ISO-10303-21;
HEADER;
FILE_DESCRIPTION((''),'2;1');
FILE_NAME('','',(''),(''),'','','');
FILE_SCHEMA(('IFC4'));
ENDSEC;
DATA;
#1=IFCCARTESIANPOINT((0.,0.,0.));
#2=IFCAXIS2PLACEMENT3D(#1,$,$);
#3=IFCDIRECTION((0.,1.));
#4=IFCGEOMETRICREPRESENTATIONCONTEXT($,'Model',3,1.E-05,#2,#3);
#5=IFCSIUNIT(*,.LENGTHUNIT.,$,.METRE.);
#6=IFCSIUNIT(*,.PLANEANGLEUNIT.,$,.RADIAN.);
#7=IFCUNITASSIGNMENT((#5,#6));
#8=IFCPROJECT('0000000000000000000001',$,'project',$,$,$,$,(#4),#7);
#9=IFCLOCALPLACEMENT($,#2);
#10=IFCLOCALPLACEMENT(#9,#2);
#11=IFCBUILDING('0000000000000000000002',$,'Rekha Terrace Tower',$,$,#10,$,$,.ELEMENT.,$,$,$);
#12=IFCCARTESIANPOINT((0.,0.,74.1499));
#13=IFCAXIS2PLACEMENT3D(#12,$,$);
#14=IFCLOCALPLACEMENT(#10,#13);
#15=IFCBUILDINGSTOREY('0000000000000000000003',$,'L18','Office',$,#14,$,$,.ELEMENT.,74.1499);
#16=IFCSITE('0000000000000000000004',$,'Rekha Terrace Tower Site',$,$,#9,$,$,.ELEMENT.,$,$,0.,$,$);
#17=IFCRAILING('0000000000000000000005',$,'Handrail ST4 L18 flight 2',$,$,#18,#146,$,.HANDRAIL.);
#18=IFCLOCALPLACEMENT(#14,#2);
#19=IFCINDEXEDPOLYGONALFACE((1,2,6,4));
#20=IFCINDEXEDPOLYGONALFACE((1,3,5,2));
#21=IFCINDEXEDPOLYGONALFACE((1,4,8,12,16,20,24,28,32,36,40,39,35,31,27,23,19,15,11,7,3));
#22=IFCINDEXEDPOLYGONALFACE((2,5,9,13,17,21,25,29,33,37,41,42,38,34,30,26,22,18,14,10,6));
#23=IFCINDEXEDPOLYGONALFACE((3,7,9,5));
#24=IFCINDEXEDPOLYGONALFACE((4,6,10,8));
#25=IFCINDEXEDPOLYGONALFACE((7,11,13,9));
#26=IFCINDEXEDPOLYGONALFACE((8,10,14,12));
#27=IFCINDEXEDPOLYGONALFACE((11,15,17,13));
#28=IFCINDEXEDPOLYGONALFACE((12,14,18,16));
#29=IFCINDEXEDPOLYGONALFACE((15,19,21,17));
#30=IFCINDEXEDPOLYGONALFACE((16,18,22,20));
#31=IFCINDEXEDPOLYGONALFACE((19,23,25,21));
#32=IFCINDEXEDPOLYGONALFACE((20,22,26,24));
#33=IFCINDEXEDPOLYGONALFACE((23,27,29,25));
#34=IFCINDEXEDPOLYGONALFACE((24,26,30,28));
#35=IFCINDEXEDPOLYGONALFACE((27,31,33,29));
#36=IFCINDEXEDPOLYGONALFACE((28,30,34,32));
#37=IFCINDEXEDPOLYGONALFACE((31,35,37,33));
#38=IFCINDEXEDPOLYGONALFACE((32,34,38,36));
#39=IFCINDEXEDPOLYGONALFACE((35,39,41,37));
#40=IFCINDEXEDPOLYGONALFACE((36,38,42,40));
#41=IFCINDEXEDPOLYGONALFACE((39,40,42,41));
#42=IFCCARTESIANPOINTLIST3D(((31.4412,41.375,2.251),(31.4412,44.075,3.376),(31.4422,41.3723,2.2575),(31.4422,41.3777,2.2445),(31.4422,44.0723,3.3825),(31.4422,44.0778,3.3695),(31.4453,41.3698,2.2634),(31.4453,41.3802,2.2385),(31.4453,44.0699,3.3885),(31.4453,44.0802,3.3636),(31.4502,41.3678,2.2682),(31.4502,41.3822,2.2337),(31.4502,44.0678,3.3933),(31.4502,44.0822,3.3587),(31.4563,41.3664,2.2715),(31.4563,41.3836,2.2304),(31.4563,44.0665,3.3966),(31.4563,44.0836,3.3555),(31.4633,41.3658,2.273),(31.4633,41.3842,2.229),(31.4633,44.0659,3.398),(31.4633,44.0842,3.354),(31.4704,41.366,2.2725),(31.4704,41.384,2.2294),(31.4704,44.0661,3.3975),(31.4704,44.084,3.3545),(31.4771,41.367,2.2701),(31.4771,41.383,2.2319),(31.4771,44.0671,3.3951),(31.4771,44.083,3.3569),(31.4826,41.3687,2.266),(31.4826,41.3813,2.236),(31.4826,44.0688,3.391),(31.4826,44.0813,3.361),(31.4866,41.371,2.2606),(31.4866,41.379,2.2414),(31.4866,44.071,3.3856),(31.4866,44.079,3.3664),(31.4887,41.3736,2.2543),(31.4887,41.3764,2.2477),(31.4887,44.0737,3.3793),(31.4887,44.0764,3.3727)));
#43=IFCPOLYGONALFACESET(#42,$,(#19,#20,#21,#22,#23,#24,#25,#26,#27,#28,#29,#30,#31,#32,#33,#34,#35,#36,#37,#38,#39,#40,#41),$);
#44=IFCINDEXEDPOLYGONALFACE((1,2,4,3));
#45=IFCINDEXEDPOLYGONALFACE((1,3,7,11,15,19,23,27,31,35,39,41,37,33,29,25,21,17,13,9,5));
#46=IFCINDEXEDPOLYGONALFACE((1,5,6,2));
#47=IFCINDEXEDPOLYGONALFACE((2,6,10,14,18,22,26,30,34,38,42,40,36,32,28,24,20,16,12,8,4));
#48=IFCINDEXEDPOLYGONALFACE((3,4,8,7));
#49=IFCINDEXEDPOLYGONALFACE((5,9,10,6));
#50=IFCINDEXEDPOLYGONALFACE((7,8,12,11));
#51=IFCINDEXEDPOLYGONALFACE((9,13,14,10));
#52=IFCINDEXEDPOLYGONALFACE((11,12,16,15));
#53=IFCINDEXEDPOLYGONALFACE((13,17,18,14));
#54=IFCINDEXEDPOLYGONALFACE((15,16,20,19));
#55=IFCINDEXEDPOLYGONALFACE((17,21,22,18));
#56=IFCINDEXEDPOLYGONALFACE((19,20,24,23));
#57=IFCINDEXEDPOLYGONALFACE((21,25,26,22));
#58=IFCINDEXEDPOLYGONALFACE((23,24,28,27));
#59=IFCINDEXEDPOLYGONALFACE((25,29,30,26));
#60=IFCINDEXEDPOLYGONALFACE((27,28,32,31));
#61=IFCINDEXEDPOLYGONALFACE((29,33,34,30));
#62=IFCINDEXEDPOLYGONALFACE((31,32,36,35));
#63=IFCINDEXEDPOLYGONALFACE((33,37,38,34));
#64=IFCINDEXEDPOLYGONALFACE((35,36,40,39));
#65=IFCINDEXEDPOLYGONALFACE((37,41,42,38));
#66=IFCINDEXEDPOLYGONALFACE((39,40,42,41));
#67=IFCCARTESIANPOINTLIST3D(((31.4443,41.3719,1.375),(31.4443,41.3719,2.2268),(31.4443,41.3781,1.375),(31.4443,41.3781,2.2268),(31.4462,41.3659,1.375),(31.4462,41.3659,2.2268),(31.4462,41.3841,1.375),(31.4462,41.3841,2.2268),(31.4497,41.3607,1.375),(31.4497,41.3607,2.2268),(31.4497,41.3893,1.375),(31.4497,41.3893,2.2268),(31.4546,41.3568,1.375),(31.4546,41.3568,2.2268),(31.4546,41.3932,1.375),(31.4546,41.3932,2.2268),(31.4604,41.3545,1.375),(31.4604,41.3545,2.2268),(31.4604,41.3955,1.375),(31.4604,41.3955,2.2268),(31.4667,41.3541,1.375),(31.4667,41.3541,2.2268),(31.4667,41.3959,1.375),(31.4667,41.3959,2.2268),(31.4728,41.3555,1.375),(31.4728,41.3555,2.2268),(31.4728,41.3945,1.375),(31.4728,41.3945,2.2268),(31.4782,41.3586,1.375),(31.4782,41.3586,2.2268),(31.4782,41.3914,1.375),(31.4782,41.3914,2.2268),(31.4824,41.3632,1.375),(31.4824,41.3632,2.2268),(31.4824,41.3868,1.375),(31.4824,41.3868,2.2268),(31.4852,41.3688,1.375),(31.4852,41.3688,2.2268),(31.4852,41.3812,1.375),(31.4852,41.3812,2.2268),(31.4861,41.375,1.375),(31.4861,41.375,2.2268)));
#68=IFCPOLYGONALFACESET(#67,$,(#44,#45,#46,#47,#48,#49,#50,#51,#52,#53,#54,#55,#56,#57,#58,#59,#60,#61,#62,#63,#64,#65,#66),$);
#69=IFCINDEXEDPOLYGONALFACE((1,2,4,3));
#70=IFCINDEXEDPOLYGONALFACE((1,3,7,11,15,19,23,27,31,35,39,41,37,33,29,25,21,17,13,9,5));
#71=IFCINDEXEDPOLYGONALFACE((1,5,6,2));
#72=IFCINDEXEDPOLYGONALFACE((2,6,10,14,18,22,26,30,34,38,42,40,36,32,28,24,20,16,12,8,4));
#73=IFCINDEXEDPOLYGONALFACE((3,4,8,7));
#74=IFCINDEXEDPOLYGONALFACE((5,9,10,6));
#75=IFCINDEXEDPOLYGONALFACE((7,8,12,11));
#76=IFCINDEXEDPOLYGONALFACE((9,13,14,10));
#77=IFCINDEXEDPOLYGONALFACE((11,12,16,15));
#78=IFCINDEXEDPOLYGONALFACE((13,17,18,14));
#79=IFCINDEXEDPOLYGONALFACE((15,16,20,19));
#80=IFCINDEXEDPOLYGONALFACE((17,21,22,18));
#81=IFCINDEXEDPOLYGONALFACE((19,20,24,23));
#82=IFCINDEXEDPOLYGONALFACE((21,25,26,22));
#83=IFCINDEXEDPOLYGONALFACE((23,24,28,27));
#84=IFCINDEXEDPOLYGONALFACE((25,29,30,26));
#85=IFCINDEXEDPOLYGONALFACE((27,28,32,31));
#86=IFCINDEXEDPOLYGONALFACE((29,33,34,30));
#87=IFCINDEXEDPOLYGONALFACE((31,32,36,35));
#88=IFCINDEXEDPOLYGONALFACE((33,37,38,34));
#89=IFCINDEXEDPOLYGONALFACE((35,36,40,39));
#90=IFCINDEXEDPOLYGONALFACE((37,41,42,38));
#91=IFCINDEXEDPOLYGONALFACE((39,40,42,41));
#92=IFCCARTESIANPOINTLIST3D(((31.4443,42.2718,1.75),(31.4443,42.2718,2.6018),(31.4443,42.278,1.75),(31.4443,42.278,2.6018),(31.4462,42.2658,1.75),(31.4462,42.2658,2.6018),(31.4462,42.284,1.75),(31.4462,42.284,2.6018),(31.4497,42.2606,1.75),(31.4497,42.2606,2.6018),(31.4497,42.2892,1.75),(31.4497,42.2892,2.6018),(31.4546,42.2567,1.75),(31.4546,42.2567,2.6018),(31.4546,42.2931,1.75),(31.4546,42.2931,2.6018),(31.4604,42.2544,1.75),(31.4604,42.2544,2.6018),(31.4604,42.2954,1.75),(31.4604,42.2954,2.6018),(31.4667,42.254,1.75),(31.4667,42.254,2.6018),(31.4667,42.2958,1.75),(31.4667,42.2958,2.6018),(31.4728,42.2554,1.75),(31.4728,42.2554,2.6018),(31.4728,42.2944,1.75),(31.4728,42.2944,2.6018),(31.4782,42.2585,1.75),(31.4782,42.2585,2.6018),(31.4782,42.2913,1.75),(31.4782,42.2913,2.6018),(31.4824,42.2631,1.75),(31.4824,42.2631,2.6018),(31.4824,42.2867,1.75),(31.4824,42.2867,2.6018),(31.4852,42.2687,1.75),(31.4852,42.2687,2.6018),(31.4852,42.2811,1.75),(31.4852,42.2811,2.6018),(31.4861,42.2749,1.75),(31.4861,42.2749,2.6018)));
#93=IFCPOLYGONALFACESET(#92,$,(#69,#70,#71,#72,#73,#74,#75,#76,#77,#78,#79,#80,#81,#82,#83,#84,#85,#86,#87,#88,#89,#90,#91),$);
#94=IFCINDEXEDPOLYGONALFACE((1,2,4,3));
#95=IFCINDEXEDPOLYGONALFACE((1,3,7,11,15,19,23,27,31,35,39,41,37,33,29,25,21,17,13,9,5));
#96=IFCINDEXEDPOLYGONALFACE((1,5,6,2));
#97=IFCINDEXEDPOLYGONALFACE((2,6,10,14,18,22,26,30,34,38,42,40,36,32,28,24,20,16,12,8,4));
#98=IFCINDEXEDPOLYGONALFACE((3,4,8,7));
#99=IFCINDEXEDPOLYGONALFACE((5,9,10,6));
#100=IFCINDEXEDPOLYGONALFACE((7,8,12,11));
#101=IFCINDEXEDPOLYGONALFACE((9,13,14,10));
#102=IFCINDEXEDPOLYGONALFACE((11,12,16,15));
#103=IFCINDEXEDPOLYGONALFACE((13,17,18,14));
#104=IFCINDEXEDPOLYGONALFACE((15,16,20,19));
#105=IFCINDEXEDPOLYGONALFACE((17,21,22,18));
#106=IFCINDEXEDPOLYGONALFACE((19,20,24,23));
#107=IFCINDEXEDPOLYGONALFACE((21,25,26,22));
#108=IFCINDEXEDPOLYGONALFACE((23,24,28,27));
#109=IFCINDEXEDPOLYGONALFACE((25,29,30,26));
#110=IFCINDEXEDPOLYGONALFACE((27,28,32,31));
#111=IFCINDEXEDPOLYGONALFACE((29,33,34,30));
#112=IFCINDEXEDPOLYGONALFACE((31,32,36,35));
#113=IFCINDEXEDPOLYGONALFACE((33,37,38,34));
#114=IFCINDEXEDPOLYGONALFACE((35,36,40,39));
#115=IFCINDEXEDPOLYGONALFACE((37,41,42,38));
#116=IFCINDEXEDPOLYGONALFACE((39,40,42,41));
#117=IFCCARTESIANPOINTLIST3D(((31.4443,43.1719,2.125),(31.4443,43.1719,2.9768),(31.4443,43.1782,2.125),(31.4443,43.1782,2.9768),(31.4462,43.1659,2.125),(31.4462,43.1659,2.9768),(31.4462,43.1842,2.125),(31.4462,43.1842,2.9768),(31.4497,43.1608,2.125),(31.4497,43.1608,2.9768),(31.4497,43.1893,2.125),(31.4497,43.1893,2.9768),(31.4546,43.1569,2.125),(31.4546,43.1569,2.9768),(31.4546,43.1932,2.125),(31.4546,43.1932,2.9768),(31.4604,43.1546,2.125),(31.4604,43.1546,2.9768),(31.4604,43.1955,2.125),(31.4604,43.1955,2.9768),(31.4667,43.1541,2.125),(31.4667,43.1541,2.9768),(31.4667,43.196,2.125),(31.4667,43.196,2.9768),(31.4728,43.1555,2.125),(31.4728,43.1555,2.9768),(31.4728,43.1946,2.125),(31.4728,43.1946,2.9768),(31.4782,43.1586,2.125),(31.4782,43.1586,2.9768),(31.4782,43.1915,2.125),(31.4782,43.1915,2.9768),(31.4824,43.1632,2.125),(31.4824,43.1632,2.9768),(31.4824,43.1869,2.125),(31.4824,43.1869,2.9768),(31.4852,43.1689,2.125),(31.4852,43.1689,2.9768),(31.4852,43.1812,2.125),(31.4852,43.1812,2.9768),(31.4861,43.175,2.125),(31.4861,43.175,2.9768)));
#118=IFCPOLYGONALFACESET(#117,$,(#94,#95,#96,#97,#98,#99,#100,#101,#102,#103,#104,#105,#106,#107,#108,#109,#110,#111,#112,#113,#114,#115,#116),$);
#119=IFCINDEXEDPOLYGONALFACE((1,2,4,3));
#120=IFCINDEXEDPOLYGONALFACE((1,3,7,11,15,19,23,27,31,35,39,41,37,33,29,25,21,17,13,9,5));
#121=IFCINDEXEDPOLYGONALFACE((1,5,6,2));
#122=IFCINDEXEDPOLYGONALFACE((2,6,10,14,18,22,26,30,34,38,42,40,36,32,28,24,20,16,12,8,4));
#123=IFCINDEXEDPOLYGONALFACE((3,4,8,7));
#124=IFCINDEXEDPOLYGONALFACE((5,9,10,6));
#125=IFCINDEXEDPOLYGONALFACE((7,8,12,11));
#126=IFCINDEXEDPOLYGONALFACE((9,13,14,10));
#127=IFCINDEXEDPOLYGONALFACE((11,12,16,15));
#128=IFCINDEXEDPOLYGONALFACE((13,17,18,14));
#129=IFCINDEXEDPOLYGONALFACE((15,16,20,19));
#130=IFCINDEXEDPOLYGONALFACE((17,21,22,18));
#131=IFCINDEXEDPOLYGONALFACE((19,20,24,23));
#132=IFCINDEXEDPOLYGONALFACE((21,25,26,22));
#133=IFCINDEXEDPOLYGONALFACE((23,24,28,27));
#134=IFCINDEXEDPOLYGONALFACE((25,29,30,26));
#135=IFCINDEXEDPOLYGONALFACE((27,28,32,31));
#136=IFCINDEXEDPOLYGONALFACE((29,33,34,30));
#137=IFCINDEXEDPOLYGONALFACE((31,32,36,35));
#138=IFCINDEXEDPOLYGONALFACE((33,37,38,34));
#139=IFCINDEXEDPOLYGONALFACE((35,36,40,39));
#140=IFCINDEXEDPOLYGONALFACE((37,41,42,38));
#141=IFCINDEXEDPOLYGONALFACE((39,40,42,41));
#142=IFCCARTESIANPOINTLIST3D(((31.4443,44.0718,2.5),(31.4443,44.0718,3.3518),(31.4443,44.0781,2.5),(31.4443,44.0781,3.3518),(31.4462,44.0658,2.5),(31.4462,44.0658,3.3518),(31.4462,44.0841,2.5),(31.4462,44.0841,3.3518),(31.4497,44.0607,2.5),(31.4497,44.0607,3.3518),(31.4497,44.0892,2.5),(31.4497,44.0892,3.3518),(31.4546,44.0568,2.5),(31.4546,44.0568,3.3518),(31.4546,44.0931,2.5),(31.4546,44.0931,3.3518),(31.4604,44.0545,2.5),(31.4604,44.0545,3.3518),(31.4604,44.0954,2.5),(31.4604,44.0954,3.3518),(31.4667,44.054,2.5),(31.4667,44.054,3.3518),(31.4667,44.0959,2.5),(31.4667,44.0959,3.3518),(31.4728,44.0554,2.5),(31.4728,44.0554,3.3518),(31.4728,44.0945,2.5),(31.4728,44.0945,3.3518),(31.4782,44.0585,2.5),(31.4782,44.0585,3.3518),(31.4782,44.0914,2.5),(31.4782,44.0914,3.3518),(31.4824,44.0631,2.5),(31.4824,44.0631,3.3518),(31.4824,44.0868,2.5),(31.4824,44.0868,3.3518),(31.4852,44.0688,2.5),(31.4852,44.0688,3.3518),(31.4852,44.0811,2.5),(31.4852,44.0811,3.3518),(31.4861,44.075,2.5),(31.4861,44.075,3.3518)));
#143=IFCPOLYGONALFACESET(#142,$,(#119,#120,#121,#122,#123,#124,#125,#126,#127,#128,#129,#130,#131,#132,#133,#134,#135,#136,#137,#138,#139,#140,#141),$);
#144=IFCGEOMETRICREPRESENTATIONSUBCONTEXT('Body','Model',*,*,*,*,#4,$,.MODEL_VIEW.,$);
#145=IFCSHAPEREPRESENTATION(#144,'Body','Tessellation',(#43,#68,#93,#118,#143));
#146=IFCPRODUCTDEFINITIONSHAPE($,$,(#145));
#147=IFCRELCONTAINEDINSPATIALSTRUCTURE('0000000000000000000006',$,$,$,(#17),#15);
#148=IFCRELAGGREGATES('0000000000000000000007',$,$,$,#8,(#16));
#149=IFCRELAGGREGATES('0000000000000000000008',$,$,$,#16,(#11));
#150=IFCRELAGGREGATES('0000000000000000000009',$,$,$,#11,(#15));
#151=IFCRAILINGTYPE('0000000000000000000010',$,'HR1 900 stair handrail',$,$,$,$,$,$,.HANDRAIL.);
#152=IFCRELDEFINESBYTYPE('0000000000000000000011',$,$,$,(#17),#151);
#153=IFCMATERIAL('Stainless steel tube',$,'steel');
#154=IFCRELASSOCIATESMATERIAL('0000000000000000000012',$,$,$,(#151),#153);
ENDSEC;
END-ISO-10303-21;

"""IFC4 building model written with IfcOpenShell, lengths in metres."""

from ifc_helpers import new_model, si_unit, direction, frame, origin, origin_2d, place, context, subcontext, project, spatial, circle, extrude, material, type_object, element, save


model = new_model("IFC4")

# Units and contexts
model_context = context("Model", 3, precision=1e-05, world=origin(), true_north=direction((0.0, 1.0)))
body_context = subcontext(model_context, "Body", "Model", "MODEL_VIEW")
ifc_project = project(units=[si_unit("LENGTHUNIT", "METRE"), si_unit("PLANEANGLEUNIT", "RADIAN")], contexts=[model_context])

# Site, building, storey
site_placement = place(None, origin())
site = spatial("IfcSite", under=ifc_project, at=site_placement, Name="Rekha Terrace Tower Site", CompositionType="ELEMENT", RefElevation=0.0)
building_placement = place(site_placement, origin())
building = spatial("IfcBuilding", under=site, at=building_placement, Name="Rekha Terrace Tower", CompositionType="ELEMENT")
storey_placement = place(building_placement, frame((0.0, 0.0, 74.1499)))
storey = spatial("IfcBuildingStorey", under=building, at=storey_placement, Name="L18", Description="Office", CompositionType="ELEMENT", Elevation=74.1499)

# Railing
ifc_material_1 = material(Name="Stainless steel tube", Category="steel")
railing_type_1 = type_object("IfcRailingType", Name="HR1 900 stair handrail", PredefinedType="HANDRAIL", material=ifc_material_1)
railing_1_placement = place(storey_placement, frame((31.4651, 41.375, 1.375)))
element("IfcRailing", 1, at=railing_1_placement, inside=storey, type_object=railing_type_1, Name="Handrail ST4 L18 flight 2", PredefinedType="HANDRAIL", context=body_context, shape_type="SweptSolid", body=[
    extrude(circle(Radius=0.0239, at=origin_2d()), frame((0.0, 0.0, 0.876), z_axis=(0.0, 0.923074, 0.384621), x_axis=(-1.0, 0.0, 0.0)), (0.0, 0.0, 1.0), 2.925),
    extrude(circle(Radius=0.021, at=origin_2d()), origin(), (0.0, 0.0, 1.0), 0.8518),
    extrude(circle(Radius=0.021, at=origin_2d()), frame((0.0, 0.8999, 0.375)), (0.0, 0.0, 1.0), 0.8518),
    extrude(circle(Radius=0.021, at=origin_2d()), frame((0.0, 1.8, 0.75)), (0.0, 0.0, 1.0), 0.8518),
    extrude(circle(Radius=0.021, at=origin_2d()), frame((0.0, 2.7, 1.125)), (0.0, 0.0, 1.0), 0.8518),
])

save(model, "model.ifc")
